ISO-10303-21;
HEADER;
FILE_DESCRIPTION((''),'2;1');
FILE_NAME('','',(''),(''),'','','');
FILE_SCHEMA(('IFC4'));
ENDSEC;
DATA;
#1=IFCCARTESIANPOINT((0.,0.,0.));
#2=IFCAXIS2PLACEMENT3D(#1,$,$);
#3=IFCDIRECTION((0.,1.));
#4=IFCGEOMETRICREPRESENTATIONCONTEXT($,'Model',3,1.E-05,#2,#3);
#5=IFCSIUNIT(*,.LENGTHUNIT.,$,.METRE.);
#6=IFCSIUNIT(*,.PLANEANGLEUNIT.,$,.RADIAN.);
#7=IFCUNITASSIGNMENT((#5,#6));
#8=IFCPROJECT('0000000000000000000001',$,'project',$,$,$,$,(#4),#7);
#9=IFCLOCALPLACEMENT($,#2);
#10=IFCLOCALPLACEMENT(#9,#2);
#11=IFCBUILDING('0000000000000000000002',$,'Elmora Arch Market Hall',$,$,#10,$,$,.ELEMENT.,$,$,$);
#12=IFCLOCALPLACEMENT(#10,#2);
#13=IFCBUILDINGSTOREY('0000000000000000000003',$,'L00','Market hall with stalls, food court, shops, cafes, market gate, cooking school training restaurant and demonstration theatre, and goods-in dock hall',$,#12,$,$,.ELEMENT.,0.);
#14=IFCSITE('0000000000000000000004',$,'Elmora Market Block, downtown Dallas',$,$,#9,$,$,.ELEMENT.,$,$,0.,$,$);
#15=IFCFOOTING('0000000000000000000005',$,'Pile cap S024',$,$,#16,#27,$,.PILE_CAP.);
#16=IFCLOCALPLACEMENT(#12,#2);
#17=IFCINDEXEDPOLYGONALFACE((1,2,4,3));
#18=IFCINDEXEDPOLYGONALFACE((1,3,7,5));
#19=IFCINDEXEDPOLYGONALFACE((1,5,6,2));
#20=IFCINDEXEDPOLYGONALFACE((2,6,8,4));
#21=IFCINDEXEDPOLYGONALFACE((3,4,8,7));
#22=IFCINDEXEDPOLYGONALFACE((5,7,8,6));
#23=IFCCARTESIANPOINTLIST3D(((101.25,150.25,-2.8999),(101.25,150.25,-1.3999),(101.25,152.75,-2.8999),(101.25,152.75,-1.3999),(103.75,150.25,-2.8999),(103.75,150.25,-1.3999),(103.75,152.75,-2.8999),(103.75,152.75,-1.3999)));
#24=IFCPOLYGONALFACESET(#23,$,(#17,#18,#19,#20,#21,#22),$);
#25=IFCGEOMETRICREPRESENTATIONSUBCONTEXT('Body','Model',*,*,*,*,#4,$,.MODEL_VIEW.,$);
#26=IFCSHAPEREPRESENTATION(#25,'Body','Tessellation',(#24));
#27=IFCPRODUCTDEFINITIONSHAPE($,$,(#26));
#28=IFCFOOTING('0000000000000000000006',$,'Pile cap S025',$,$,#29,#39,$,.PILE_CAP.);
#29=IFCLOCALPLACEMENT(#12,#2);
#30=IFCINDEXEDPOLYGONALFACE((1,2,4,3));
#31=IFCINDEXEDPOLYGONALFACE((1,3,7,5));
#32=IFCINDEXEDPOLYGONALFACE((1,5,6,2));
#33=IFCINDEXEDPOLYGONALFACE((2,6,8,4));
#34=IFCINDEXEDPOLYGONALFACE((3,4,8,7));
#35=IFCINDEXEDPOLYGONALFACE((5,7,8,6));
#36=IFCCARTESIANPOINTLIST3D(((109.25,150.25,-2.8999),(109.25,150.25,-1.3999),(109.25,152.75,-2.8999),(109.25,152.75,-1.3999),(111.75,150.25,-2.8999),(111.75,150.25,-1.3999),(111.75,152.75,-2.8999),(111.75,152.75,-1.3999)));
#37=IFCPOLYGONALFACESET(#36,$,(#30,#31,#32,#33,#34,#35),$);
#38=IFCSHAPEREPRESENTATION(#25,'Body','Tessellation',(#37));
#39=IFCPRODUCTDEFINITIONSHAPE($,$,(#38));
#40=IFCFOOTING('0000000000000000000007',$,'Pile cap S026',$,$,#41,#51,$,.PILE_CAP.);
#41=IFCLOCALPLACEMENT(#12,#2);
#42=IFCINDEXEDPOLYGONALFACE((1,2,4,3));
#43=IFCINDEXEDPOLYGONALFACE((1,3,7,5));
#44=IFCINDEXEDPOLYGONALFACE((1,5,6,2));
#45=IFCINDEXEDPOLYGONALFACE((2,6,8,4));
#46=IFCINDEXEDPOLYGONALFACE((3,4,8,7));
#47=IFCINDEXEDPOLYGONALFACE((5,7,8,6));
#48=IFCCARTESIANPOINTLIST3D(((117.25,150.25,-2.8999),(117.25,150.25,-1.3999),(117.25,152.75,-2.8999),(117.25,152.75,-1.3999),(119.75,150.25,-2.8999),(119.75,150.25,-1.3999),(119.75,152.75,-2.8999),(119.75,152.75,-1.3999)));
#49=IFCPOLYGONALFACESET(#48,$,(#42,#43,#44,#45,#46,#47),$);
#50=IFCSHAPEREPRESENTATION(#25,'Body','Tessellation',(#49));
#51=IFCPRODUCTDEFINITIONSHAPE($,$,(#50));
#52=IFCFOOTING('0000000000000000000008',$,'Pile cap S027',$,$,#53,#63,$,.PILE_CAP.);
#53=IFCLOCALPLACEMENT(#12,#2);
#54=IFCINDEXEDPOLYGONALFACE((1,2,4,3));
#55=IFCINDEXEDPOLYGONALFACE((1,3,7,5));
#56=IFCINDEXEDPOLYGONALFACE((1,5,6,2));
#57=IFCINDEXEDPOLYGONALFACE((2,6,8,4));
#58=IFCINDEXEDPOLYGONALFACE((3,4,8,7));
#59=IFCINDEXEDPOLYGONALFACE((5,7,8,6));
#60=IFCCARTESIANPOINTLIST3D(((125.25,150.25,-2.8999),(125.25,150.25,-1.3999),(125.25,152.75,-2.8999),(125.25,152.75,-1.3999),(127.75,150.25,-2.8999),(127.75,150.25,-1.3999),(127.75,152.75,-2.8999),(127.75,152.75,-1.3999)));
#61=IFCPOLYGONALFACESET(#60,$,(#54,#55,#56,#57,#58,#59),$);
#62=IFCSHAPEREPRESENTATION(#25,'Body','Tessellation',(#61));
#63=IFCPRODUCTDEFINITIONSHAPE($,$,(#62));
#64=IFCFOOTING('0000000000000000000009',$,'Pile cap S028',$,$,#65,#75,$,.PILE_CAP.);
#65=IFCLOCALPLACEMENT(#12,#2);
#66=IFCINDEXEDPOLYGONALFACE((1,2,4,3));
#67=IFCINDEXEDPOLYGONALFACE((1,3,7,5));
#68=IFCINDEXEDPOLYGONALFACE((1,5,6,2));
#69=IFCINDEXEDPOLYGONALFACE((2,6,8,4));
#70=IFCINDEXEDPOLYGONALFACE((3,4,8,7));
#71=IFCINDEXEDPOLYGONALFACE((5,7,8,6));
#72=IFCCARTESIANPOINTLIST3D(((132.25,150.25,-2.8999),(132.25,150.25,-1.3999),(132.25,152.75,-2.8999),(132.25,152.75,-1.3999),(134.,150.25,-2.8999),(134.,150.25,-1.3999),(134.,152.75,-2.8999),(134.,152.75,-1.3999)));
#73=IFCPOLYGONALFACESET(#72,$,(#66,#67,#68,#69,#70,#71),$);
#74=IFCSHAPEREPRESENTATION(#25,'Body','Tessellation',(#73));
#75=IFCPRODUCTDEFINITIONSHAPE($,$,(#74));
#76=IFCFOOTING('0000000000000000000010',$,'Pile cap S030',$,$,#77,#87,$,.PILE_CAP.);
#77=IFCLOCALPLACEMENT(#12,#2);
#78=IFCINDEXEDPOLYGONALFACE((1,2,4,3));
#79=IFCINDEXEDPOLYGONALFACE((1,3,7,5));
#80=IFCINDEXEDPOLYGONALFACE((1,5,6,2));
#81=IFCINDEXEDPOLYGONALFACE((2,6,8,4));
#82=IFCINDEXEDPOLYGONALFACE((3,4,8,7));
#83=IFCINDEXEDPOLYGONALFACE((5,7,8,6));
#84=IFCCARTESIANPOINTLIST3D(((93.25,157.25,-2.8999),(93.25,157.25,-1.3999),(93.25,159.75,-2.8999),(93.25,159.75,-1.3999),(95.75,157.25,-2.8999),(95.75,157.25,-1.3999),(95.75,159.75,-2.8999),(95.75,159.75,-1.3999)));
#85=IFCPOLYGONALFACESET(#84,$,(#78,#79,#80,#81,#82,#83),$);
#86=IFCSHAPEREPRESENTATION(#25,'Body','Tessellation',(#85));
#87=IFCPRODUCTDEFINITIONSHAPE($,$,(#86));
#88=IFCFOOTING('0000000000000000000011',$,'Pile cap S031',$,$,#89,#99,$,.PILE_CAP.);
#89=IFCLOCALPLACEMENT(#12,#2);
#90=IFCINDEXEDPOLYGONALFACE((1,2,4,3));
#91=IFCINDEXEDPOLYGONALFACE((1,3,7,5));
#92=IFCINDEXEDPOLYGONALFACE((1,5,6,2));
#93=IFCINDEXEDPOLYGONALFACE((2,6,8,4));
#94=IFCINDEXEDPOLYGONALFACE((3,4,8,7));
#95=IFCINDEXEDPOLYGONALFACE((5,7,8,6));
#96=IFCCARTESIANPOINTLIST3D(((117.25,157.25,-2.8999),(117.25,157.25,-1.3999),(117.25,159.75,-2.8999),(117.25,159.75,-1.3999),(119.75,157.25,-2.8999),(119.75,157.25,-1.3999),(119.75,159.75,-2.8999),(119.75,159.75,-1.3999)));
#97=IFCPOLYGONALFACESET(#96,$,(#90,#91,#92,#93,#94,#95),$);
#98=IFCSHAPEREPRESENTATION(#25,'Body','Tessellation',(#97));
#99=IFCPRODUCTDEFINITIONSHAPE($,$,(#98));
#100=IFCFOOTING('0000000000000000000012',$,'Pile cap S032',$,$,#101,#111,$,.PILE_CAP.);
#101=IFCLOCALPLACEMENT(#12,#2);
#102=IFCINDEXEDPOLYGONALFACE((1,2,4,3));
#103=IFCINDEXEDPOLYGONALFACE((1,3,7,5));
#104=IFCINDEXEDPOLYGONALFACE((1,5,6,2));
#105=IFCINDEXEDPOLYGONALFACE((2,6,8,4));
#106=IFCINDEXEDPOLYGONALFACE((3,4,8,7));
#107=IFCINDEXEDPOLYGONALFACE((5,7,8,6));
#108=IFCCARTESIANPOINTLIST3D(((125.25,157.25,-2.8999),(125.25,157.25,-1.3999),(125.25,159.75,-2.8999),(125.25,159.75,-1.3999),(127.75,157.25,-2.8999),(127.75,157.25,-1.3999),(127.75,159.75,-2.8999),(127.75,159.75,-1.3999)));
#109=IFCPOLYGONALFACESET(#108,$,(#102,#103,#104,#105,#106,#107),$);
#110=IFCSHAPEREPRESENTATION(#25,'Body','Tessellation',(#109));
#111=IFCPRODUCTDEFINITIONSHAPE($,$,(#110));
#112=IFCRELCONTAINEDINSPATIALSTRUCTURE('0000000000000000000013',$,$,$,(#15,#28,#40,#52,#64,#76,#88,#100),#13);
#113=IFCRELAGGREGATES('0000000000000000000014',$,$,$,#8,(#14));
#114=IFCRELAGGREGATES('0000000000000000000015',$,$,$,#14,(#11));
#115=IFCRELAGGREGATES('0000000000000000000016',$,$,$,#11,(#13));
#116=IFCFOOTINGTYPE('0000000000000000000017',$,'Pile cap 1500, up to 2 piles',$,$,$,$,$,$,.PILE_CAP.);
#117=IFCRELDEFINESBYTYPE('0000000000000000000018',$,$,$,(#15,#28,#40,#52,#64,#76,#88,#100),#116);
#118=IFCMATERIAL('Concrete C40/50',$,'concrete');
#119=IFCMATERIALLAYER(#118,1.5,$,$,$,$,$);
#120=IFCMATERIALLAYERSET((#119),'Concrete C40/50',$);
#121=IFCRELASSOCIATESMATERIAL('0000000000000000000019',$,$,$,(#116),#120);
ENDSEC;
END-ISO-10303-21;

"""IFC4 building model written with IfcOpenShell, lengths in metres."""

from ifc_helpers import new_model, si_unit, direction, frame, origin, place, context, subcontext, project, spatial, polyline, outline, extrude, material, layer, layer_set, type_object, element, save


model = new_model("IFC4")

# Units and contexts
model_context = context("Model", 3, precision=1e-05, world=origin(), true_north=direction((0.0, 1.0)))
body_context = subcontext(model_context, "Body", "Model", "MODEL_VIEW")
ifc_project = project(units=[si_unit("LENGTHUNIT", "METRE"), si_unit("PLANEANGLEUNIT", "RADIAN")], contexts=[model_context])

# Site, building, storey
site_placement = place(None, origin())
site = spatial("IfcSite", under=ifc_project, at=site_placement, Name="Elmora Market Block, downtown Dallas", CompositionType="ELEMENT", RefElevation=0.0)
building_placement = place(site_placement, origin())
building = spatial("IfcBuilding", under=site, at=building_placement, Name="Elmora Arch Market Hall", CompositionType="ELEMENT")
storey_placement = place(building_placement, origin())
storey = spatial("IfcBuildingStorey", under=building, at=storey_placement, Name="L00", Description="Market hall with stalls, food court, shops, cafes, market gate, cooking school training restaurant and demonstration theatre, and goods-in dock hall", CompositionType="ELEMENT", Elevation=0.0)

# Footings
ifc_material_1 = material(Name="Concrete C40/50", Category="concrete")
ifc_layer_1 = layer(ifc_material_1, 1.5)
ifc_layer_set_1 = layer_set([ifc_layer_1], Name="Concrete C40/50")
footing_type_1 = type_object("IfcFootingType", Name="Pile cap 1500, up to 2 piles", PredefinedType="PILE_CAP", material=ifc_layer_set_1)
footing_1_placement = place(storey_placement, frame((0.0, 0.0, -2.8999)))
element("IfcFooting", 1, at=footing_1_placement, inside=storey, type_object=footing_type_1, Name="Pile cap S024", PredefinedType="PILE_CAP", context=body_context, shape_type="SweptSolid", body=[
    extrude(outline(polyline([(103.75, 152.75), (103.75, 150.25), (101.25, 150.25), (101.25, 152.75), (103.75, 152.75)])), origin(), (0.0, 0.0, 1.0), 1.5),
])
footing_2_placement = place(storey_placement, frame((0.0, 0.0, -2.8999)))
element("IfcFooting", 2, at=footing_2_placement, inside=storey, type_object=footing_type_1, Name="Pile cap S025", PredefinedType="PILE_CAP", context=body_context, shape_type="SweptSolid", body=[
    extrude(outline(polyline([(111.75, 152.75), (111.75, 150.25), (109.25, 150.25), (109.25, 152.75), (111.75, 152.75)])), origin(), (0.0, 0.0, 1.0), 1.5),
])
footing_3_placement = place(storey_placement, frame((0.0, 0.0, -2.8999)))
element("IfcFooting", 3, at=footing_3_placement, inside=storey, type_object=footing_type_1, Name="Pile cap S026", PredefinedType="PILE_CAP", context=body_context, shape_type="SweptSolid", body=[
    extrude(outline(polyline([(119.75, 152.75), (119.75, 150.25), (117.25, 150.25), (117.25, 152.75), (119.75, 152.75)])), origin(), (0.0, 0.0, 1.0), 1.5),
])
footing_4_placement = place(storey_placement, frame((0.0, 0.0, -2.8999)))
element("IfcFooting", 4, at=footing_4_placement, inside=storey, type_object=footing_type_1, Name="Pile cap S027", PredefinedType="PILE_CAP", context=body_context, shape_type="SweptSolid", body=[
    extrude(outline(polyline([(127.75, 152.75), (127.75, 150.25), (125.25, 150.25), (125.25, 152.75), (127.75, 152.75)])), origin(), (0.0, 0.0, 1.0), 1.5),
])
footing_5_placement = place(storey_placement, frame((0.0, 0.0, -2.8999)))
element("IfcFooting", 5, at=footing_5_placement, inside=storey, type_object=footing_type_1, Name="Pile cap S028", PredefinedType="PILE_CAP", context=body_context, shape_type="SweptSolid", body=[
    extrude(outline(polyline([(134.0, 152.75), (134.0, 150.25), (132.25, 150.25), (132.25, 152.75), (134.0, 152.75)])), origin(), (0.0, 0.0, 1.0), 1.5),
])
footing_6_placement = place(storey_placement, frame((0.0, 0.0, -2.8999)))
element("IfcFooting", 6, at=footing_6_placement, inside=storey, type_object=footing_type_1, Name="Pile cap S030", PredefinedType="PILE_CAP", context=body_context, shape_type="SweptSolid", body=[
    extrude(outline(polyline([(93.25, 159.75), (95.75, 159.75), (95.75, 157.25), (93.25, 157.25), (93.25, 159.75)])), origin(), (0.0, 0.0, 1.0), 1.5),
])
footing_7_placement = place(storey_placement, frame((0.0, 0.0, -2.8999)))
element("IfcFooting", 7, at=footing_7_placement, inside=storey, type_object=footing_type_1, Name="Pile cap S031", PredefinedType="PILE_CAP", context=body_context, shape_type="SweptSolid", body=[
    extrude(outline(polyline([(119.75, 159.75), (119.75, 157.25), (117.25, 157.25), (117.25, 159.75), (119.75, 159.75)])), origin(), (0.0, 0.0, 1.0), 1.5),
])
footing_8_placement = place(storey_placement, frame((0.0, 0.0, -2.8999)))
element("IfcFooting", 8, at=footing_8_placement, inside=storey, type_object=footing_type_1, Name="Pile cap S032", PredefinedType="PILE_CAP", context=body_context, shape_type="SweptSolid", body=[
    extrude(outline(polyline([(127.75, 159.75), (127.75, 157.25), (125.25, 157.25), (125.25, 159.75), (127.75, 159.75)])), origin(), (0.0, 0.0, 1.0), 1.5),
])

save(model, "model.ifc")
